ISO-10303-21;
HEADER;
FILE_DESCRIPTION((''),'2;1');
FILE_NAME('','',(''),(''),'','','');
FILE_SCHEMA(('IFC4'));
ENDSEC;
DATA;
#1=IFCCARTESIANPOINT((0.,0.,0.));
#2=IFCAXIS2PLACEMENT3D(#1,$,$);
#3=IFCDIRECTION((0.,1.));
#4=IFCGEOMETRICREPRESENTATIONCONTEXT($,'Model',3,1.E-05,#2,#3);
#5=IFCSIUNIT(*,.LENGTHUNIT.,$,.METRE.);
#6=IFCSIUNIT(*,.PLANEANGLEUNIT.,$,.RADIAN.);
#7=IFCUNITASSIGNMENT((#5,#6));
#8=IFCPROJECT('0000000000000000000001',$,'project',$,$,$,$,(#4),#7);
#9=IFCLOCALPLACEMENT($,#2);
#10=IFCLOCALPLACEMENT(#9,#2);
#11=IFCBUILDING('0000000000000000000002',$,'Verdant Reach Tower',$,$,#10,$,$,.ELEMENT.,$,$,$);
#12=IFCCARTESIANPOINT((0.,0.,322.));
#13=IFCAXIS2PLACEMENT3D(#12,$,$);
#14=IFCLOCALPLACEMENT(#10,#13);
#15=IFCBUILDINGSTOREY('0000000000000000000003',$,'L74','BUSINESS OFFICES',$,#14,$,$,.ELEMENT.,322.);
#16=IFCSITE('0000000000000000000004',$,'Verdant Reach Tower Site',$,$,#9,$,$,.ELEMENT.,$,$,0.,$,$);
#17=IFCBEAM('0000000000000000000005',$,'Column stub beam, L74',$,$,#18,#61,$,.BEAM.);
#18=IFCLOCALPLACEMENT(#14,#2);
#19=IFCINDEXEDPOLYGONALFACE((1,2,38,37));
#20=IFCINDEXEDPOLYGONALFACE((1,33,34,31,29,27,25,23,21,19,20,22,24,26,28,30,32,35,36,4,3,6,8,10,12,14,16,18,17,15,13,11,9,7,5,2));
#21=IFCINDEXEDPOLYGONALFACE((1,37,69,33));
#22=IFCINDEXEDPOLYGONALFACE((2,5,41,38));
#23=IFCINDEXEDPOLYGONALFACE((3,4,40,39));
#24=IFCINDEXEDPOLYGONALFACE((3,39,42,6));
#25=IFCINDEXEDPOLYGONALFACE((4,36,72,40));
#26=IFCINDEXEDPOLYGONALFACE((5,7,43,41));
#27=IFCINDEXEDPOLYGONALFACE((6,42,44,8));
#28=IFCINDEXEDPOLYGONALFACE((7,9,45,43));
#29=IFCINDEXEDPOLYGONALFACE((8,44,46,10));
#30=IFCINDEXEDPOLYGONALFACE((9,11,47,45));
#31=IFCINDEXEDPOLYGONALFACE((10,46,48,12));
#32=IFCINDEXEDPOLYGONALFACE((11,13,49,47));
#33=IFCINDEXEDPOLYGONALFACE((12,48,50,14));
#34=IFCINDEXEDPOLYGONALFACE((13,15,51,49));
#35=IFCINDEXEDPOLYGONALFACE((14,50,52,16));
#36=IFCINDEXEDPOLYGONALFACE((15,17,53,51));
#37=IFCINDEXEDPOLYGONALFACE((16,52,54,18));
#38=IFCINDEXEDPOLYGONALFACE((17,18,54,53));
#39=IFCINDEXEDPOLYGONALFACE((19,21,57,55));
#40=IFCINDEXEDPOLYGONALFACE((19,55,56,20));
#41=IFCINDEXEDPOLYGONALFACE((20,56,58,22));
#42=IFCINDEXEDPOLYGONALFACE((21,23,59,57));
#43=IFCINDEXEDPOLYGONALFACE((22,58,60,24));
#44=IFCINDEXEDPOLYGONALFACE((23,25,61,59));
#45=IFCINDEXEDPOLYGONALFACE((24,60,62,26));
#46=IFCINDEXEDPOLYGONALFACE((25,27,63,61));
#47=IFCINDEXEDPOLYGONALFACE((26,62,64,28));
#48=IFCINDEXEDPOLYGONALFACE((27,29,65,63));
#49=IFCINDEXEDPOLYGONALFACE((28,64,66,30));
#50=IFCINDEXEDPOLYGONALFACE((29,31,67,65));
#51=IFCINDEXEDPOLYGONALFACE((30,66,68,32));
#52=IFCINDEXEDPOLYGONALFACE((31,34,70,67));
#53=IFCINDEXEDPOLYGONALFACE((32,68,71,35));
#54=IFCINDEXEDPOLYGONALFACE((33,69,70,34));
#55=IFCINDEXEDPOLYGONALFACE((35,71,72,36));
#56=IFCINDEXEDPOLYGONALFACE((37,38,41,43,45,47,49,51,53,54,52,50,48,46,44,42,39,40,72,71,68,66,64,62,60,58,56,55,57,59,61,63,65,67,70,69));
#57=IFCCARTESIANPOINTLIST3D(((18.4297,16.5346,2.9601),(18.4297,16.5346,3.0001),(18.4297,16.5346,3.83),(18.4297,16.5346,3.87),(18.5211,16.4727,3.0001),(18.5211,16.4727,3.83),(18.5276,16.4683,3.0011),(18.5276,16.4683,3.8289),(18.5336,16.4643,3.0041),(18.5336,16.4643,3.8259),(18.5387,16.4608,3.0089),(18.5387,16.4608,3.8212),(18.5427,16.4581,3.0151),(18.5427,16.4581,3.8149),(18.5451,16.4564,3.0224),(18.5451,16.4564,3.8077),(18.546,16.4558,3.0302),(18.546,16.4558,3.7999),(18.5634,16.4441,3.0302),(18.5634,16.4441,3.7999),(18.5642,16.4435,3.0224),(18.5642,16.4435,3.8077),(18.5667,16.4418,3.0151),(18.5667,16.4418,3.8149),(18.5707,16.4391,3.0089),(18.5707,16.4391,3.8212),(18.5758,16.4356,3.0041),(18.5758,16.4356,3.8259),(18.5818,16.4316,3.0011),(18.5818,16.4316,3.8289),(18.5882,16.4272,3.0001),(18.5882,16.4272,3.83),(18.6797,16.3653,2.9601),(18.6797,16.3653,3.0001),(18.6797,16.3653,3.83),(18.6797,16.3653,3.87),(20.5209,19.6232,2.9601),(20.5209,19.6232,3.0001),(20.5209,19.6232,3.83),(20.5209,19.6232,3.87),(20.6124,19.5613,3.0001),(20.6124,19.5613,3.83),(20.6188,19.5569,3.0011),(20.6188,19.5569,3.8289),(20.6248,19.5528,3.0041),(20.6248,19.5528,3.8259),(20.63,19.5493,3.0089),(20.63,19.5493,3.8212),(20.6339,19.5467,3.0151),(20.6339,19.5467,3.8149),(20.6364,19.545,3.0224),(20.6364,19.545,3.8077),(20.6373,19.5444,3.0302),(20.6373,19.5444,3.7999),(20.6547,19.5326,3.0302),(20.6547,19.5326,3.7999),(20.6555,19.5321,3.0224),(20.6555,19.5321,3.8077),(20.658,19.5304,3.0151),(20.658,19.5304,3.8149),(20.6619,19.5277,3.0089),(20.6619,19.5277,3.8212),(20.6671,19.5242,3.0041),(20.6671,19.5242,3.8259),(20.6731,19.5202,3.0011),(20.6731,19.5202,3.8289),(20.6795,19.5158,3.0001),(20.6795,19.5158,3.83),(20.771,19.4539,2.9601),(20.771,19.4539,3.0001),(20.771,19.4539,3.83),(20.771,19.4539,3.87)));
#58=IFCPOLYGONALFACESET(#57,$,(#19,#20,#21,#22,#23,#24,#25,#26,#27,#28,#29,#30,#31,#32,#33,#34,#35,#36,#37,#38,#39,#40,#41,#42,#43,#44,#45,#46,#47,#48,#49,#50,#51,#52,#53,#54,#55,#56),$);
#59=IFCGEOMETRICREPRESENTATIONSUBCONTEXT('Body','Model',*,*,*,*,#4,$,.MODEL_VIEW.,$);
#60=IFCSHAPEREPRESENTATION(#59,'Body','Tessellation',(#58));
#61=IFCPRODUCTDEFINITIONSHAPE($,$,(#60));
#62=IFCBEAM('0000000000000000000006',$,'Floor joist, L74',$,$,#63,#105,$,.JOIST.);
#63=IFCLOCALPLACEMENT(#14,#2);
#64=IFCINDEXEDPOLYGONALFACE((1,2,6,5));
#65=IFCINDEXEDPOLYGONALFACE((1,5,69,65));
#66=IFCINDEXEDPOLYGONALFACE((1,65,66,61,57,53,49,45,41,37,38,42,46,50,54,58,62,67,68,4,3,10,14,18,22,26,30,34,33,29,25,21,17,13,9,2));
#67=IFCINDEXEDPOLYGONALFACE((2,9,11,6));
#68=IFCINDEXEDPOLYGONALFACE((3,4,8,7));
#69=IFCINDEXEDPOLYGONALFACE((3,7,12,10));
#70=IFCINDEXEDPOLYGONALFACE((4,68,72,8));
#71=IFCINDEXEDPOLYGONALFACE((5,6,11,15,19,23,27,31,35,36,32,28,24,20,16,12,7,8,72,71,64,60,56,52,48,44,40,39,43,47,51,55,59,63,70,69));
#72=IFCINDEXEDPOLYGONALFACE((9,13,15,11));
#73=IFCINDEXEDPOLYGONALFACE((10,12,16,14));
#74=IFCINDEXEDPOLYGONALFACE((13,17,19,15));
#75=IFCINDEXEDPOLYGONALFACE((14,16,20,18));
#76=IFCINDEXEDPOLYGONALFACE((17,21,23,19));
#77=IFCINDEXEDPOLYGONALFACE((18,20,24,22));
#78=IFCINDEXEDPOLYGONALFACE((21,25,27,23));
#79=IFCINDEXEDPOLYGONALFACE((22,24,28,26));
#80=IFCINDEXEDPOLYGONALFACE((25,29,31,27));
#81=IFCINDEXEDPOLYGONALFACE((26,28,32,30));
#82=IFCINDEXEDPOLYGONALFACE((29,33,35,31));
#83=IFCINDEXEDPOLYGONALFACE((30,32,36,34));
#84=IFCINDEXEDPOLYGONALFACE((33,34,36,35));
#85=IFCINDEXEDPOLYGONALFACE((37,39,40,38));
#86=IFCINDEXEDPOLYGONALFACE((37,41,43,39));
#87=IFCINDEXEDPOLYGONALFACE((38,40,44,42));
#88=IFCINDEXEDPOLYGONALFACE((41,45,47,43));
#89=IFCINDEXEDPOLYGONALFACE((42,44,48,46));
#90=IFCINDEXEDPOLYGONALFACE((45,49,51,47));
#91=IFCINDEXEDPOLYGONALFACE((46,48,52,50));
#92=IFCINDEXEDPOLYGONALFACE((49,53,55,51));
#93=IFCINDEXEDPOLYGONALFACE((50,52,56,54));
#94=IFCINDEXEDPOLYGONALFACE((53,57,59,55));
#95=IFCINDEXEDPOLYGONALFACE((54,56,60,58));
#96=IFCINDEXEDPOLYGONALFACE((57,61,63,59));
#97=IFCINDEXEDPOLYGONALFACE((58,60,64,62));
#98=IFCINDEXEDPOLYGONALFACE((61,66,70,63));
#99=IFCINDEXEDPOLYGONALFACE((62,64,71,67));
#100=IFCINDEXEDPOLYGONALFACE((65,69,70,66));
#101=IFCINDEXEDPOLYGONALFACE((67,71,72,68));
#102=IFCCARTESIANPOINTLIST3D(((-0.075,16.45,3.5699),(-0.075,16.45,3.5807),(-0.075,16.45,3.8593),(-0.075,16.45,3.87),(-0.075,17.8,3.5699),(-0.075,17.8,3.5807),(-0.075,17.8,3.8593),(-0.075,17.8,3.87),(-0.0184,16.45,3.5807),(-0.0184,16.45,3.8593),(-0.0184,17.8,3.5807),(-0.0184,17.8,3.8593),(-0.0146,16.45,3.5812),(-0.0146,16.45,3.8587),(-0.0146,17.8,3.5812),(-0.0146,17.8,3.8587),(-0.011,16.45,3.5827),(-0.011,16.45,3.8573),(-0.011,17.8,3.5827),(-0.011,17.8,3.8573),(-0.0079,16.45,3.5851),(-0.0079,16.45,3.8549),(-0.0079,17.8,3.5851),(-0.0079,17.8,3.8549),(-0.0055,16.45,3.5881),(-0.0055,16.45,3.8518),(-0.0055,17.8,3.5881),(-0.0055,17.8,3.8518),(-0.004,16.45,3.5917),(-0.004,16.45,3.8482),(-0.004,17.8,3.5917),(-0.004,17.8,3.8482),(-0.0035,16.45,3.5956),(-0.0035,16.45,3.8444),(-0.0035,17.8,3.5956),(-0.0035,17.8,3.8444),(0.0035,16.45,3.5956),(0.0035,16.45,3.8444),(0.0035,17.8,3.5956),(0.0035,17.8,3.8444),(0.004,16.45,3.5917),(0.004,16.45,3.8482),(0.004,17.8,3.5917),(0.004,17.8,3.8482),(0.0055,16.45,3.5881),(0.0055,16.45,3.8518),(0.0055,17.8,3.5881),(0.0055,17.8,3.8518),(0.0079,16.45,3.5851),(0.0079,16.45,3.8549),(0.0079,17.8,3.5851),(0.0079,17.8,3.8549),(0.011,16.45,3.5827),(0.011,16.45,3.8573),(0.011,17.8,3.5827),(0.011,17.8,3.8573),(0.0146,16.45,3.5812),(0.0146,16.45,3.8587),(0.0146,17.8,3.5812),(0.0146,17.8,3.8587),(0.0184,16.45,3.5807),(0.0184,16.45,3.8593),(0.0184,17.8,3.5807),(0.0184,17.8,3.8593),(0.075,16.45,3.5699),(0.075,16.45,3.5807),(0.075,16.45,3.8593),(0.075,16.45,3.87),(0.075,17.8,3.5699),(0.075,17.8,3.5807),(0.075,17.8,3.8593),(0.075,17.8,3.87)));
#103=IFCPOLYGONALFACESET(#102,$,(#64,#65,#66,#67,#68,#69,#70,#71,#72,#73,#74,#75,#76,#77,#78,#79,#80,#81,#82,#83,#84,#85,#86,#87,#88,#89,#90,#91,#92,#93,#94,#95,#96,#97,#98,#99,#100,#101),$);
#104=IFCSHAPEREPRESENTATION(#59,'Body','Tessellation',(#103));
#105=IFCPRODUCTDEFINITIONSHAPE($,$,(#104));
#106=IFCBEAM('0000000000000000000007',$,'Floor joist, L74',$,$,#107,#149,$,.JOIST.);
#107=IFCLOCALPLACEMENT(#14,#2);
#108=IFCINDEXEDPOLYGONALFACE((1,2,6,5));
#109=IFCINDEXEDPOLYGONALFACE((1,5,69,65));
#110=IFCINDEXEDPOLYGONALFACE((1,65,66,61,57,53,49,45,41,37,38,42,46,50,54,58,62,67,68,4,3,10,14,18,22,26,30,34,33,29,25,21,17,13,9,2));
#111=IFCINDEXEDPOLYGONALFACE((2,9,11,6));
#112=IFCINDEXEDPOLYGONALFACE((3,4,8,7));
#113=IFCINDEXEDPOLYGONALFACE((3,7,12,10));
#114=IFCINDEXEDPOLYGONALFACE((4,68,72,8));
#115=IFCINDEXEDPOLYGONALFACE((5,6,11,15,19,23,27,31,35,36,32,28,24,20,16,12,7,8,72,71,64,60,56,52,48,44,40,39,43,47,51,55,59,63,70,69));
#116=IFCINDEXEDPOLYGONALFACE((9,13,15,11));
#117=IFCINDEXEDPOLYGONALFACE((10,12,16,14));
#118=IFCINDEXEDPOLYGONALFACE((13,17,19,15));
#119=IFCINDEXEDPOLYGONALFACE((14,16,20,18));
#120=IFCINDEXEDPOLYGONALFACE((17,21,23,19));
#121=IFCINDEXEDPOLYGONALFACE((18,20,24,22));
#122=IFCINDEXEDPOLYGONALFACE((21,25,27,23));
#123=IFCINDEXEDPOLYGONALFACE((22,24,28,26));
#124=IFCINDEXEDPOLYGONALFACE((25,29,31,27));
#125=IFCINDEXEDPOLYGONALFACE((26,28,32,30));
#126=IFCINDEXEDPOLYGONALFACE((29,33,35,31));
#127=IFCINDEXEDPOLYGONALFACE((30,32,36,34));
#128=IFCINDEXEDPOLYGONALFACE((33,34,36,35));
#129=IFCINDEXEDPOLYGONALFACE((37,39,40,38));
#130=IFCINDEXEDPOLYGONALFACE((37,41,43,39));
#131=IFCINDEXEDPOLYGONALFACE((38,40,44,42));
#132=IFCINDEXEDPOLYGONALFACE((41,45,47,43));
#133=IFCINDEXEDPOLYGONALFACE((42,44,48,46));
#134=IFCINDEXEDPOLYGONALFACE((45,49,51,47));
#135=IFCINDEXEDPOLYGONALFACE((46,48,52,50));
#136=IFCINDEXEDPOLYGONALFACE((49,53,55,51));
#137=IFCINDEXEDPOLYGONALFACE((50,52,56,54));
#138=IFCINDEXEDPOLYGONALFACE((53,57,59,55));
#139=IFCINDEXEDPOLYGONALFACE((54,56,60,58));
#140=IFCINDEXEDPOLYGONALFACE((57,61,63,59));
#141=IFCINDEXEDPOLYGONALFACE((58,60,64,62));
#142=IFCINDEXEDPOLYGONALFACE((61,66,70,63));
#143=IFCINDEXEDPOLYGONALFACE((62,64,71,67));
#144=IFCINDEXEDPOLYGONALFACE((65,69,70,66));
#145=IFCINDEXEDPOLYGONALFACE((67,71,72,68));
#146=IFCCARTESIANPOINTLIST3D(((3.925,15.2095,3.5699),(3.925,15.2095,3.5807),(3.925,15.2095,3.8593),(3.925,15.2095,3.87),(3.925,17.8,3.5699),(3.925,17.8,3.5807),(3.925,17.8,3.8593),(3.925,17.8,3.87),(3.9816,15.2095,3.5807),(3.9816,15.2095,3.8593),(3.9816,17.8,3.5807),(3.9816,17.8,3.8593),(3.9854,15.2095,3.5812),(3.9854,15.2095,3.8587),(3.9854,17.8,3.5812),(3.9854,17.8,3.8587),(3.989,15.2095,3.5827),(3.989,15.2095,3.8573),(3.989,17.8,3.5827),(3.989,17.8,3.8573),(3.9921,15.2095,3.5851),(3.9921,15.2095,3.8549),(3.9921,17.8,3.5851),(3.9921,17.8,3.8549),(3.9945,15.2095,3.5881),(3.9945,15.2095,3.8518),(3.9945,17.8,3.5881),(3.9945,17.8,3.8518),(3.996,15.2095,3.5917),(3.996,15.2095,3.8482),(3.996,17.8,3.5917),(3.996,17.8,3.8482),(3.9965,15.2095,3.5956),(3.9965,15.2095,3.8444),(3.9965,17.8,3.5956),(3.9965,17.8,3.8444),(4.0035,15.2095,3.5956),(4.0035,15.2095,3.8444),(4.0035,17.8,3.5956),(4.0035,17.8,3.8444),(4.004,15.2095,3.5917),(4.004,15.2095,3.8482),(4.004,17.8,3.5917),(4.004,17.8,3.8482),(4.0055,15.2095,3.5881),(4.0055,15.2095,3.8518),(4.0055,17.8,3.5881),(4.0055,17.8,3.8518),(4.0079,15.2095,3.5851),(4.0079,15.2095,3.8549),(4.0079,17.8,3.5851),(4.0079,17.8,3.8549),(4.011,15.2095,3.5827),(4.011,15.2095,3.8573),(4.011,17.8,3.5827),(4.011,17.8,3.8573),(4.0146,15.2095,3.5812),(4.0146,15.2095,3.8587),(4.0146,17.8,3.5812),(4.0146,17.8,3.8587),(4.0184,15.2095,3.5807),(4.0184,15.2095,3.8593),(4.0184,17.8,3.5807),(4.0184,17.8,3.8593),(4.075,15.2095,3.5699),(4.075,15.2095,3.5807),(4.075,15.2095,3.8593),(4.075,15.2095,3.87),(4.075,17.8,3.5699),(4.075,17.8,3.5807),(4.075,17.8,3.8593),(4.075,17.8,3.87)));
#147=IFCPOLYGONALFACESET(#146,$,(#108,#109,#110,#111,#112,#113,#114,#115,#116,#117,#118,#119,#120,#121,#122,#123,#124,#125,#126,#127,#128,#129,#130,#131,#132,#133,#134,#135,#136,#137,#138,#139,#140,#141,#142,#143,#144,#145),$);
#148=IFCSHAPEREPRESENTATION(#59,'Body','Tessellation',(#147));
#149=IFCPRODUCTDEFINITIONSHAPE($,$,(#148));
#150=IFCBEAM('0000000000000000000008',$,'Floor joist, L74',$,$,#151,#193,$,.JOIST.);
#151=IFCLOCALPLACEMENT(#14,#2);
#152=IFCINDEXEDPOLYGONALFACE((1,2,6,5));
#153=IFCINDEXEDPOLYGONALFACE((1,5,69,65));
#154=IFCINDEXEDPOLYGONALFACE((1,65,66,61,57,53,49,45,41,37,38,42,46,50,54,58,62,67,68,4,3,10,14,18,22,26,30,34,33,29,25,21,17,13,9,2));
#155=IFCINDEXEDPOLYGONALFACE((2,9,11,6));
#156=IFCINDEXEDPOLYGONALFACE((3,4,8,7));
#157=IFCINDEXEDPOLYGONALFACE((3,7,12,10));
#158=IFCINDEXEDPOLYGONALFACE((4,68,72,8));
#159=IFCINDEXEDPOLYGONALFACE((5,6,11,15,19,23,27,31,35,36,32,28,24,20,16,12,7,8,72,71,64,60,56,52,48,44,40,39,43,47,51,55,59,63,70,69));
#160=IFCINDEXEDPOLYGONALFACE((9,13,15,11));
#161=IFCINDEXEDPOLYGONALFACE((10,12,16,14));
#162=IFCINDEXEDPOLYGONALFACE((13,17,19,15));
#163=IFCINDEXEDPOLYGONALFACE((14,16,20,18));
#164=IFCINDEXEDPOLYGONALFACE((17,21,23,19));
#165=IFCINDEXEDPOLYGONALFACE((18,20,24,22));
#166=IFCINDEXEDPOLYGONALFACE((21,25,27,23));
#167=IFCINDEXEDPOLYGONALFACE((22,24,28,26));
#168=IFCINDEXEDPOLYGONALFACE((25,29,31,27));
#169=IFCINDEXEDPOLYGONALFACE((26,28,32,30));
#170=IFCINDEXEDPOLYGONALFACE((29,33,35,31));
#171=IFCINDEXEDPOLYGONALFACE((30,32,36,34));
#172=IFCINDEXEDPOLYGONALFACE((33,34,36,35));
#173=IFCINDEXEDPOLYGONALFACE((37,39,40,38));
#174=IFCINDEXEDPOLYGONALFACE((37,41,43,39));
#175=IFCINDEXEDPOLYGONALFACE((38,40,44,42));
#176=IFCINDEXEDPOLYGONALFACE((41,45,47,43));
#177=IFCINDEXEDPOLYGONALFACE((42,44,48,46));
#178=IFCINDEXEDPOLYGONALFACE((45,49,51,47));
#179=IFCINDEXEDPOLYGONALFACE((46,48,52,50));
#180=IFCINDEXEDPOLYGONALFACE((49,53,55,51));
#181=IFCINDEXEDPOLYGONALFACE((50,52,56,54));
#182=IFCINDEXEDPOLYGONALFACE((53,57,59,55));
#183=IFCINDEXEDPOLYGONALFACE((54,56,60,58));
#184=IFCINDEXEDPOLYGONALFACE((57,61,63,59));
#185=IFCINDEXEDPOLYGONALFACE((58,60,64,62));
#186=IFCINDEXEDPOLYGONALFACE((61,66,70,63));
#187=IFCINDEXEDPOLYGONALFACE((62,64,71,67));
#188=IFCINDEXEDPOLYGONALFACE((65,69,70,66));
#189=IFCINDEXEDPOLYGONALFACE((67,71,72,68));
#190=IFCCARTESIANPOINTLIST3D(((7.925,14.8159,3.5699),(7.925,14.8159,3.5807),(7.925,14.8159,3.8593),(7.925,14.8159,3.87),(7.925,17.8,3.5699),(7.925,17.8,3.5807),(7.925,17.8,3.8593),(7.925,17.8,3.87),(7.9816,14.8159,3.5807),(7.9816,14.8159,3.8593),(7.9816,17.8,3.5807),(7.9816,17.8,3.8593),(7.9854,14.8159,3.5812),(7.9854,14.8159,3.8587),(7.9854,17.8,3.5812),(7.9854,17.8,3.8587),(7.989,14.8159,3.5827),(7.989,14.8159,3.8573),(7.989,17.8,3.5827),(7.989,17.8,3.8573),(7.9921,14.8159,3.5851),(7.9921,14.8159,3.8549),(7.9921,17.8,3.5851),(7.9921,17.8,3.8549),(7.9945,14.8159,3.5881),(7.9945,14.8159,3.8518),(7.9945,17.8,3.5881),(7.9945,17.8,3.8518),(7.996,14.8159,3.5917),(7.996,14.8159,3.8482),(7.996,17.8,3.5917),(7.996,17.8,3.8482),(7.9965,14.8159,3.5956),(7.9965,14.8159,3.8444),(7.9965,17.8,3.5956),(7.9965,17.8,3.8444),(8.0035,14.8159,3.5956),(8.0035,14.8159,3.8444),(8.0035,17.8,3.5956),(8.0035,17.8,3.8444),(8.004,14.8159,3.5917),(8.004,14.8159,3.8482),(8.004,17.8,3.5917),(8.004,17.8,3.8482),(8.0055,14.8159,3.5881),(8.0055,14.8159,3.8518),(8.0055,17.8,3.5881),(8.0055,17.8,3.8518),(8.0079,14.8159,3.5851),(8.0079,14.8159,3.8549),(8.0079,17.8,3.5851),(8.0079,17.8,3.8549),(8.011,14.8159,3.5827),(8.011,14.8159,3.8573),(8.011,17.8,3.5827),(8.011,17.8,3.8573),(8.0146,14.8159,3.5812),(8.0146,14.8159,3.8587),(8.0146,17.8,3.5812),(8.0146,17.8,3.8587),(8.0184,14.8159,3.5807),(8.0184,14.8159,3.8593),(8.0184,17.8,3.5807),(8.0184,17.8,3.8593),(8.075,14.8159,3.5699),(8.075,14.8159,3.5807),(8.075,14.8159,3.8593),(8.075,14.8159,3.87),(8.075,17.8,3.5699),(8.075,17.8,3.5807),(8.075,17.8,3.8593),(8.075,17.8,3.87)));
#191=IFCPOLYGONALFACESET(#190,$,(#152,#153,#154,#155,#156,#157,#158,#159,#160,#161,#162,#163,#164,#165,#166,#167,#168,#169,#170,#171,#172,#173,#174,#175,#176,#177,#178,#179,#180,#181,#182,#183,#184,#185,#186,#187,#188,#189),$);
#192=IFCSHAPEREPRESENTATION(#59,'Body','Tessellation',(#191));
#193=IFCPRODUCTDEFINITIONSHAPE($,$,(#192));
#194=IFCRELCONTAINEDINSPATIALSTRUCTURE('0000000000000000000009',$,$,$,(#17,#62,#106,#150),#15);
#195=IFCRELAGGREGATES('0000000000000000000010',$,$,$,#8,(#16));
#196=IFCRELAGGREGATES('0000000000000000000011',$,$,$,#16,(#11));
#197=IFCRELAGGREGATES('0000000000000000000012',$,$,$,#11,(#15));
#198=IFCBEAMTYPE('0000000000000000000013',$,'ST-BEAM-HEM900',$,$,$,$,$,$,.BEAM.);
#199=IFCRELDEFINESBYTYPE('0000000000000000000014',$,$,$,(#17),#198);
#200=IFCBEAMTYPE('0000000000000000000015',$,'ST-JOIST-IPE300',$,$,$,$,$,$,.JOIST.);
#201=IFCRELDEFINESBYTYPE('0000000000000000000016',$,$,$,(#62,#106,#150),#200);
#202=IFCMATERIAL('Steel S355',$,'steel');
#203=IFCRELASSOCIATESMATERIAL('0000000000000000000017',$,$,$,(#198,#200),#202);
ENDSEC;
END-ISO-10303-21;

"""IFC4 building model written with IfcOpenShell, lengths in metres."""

from ifc_helpers import new_model, si_unit, direction, frame, origin, origin_2d, place, context, subcontext, project, spatial, i_section, extrude, material, material_profile, profile_set, type_object, element, save


model = new_model("IFC4")

# Units and contexts
model_context = context("Model", 3, precision=1e-05, world=origin(), true_north=direction((0.0, 1.0)))
body_context = subcontext(model_context, "Body", "Model", "MODEL_VIEW")
ifc_project = project(units=[si_unit("LENGTHUNIT", "METRE"), si_unit("PLANEANGLEUNIT", "RADIAN")], contexts=[model_context])

# Site, building, storey
site_placement = place(None, origin())
site = spatial("IfcSite", under=ifc_project, at=site_placement, Name="Verdant Reach Tower Site", CompositionType="ELEMENT", RefElevation=0.0)
building_placement = place(site_placement, origin())
building = spatial("IfcBuilding", under=site, at=building_placement, Name="Verdant Reach Tower", CompositionType="ELEMENT")
storey_placement = place(building_placement, frame((0.0, 0.0, 322.0)))
storey = spatial("IfcBuildingStorey", under=building, at=storey_placement, Name="L74", Description="BUSINESS OFFICES", CompositionType="ELEMENT", Elevation=322.0)

# Beams
ifc_material_1 = material(Name="Steel S355", Category="steel")
ifc_material_profile_1 = material_profile(ifc_material_1, i_section(OverallWidth=0.302, OverallDepth=0.9099, WebThickness=0.021, FlangeThickness=0.04, FilletRadius=0.03, at=origin_2d()), Name="HEM 900")
ifc_profile_set_1 = profile_set([ifc_material_profile_1], Name="Steel S355")
beam_type_1 = type_object("IfcBeamType", Name="ST-BEAM-HEM900", PredefinedType="BEAM", material=ifc_profile_set_1)
beam_1_placement = place(storey_placement, frame((18.5547, 16.45, 3.415), z_axis=(0.560667, 0.828041, 0.0), x_axis=(-0.828041, 0.560667, 0.0)))
element("IfcBeam", 1, at=beam_1_placement, inside=storey, type_object=beam_type_1, Name="Column stub beam, L74", PredefinedType="BEAM", context=body_context, shape_type="SweptSolid", body=[
    extrude(i_section(OverallWidth=0.302, OverallDepth=0.9099, WebThickness=0.021, FlangeThickness=0.04, FilletRadius=0.03, at=origin_2d()), origin(), (0.0, 0.0, 1.0), 3.73),
])
ifc_material_profile_2 = material_profile(ifc_material_1, i_section(OverallWidth=0.1499, OverallDepth=0.3, WebThickness=0.0071, FlangeThickness=0.0107, FilletRadius=0.0149, at=origin_2d()), Name="IPE 300")
ifc_profile_set_2 = profile_set([ifc_material_profile_2], Name="Steel S355")
beam_type_2 = type_object("IfcBeamType", Name="ST-JOIST-IPE300", PredefinedType="JOIST", material=ifc_profile_set_2)
beam_2_placement = place(storey_placement, frame((0.0, 17.8, 3.72), z_axis=(0.0, -1.0, 0.0), x_axis=(1.0, 0.0, 0.0)))
element("IfcBeam", 2, at=beam_2_placement, inside=storey, type_object=beam_type_2, Name="Floor joist, L74", PredefinedType="JOIST", context=body_context, shape_type="SweptSolid", body=[
    extrude(i_section(OverallWidth=0.1499, OverallDepth=0.3, WebThickness=0.0071, FlangeThickness=0.0107, FilletRadius=0.0149, at=origin_2d()), origin(), (0.0, 0.0, 1.0), 1.3501),
])
beam_3_placement = place(storey_placement, frame((4.0, 17.8, 3.72), z_axis=(0.0, -1.0, 0.0), x_axis=(1.0, 0.0, 0.0)))
element("IfcBeam", 3, at=beam_3_placement, inside=storey, type_object=beam_type_2, Name="Floor joist, L74", PredefinedType="JOIST", context=body_context, shape_type="SweptSolid", body=[
    extrude(i_section(OverallWidth=0.1499, OverallDepth=0.3, WebThickness=0.0071, FlangeThickness=0.0107, FilletRadius=0.0149, at=origin_2d()), origin(), (0.0, 0.0, 1.0), 2.5906),
])
beam_4_placement = place(storey_placement, frame((8.0, 17.8, 3.72), z_axis=(0.0, -1.0, 0.0), x_axis=(1.0, 0.0, 0.0)))
element("IfcBeam", 4, at=beam_4_placement, inside=storey, type_object=beam_type_2, Name="Floor joist, L74", PredefinedType="JOIST", context=body_context, shape_type="SweptSolid", body=[
    extrude(i_section(OverallWidth=0.1499, OverallDepth=0.3, WebThickness=0.0071, FlangeThickness=0.0107, FilletRadius=0.0149, at=origin_2d()), origin(), (0.0, 0.0, 1.0), 2.9841),
])

save(model, "model.ifc")
